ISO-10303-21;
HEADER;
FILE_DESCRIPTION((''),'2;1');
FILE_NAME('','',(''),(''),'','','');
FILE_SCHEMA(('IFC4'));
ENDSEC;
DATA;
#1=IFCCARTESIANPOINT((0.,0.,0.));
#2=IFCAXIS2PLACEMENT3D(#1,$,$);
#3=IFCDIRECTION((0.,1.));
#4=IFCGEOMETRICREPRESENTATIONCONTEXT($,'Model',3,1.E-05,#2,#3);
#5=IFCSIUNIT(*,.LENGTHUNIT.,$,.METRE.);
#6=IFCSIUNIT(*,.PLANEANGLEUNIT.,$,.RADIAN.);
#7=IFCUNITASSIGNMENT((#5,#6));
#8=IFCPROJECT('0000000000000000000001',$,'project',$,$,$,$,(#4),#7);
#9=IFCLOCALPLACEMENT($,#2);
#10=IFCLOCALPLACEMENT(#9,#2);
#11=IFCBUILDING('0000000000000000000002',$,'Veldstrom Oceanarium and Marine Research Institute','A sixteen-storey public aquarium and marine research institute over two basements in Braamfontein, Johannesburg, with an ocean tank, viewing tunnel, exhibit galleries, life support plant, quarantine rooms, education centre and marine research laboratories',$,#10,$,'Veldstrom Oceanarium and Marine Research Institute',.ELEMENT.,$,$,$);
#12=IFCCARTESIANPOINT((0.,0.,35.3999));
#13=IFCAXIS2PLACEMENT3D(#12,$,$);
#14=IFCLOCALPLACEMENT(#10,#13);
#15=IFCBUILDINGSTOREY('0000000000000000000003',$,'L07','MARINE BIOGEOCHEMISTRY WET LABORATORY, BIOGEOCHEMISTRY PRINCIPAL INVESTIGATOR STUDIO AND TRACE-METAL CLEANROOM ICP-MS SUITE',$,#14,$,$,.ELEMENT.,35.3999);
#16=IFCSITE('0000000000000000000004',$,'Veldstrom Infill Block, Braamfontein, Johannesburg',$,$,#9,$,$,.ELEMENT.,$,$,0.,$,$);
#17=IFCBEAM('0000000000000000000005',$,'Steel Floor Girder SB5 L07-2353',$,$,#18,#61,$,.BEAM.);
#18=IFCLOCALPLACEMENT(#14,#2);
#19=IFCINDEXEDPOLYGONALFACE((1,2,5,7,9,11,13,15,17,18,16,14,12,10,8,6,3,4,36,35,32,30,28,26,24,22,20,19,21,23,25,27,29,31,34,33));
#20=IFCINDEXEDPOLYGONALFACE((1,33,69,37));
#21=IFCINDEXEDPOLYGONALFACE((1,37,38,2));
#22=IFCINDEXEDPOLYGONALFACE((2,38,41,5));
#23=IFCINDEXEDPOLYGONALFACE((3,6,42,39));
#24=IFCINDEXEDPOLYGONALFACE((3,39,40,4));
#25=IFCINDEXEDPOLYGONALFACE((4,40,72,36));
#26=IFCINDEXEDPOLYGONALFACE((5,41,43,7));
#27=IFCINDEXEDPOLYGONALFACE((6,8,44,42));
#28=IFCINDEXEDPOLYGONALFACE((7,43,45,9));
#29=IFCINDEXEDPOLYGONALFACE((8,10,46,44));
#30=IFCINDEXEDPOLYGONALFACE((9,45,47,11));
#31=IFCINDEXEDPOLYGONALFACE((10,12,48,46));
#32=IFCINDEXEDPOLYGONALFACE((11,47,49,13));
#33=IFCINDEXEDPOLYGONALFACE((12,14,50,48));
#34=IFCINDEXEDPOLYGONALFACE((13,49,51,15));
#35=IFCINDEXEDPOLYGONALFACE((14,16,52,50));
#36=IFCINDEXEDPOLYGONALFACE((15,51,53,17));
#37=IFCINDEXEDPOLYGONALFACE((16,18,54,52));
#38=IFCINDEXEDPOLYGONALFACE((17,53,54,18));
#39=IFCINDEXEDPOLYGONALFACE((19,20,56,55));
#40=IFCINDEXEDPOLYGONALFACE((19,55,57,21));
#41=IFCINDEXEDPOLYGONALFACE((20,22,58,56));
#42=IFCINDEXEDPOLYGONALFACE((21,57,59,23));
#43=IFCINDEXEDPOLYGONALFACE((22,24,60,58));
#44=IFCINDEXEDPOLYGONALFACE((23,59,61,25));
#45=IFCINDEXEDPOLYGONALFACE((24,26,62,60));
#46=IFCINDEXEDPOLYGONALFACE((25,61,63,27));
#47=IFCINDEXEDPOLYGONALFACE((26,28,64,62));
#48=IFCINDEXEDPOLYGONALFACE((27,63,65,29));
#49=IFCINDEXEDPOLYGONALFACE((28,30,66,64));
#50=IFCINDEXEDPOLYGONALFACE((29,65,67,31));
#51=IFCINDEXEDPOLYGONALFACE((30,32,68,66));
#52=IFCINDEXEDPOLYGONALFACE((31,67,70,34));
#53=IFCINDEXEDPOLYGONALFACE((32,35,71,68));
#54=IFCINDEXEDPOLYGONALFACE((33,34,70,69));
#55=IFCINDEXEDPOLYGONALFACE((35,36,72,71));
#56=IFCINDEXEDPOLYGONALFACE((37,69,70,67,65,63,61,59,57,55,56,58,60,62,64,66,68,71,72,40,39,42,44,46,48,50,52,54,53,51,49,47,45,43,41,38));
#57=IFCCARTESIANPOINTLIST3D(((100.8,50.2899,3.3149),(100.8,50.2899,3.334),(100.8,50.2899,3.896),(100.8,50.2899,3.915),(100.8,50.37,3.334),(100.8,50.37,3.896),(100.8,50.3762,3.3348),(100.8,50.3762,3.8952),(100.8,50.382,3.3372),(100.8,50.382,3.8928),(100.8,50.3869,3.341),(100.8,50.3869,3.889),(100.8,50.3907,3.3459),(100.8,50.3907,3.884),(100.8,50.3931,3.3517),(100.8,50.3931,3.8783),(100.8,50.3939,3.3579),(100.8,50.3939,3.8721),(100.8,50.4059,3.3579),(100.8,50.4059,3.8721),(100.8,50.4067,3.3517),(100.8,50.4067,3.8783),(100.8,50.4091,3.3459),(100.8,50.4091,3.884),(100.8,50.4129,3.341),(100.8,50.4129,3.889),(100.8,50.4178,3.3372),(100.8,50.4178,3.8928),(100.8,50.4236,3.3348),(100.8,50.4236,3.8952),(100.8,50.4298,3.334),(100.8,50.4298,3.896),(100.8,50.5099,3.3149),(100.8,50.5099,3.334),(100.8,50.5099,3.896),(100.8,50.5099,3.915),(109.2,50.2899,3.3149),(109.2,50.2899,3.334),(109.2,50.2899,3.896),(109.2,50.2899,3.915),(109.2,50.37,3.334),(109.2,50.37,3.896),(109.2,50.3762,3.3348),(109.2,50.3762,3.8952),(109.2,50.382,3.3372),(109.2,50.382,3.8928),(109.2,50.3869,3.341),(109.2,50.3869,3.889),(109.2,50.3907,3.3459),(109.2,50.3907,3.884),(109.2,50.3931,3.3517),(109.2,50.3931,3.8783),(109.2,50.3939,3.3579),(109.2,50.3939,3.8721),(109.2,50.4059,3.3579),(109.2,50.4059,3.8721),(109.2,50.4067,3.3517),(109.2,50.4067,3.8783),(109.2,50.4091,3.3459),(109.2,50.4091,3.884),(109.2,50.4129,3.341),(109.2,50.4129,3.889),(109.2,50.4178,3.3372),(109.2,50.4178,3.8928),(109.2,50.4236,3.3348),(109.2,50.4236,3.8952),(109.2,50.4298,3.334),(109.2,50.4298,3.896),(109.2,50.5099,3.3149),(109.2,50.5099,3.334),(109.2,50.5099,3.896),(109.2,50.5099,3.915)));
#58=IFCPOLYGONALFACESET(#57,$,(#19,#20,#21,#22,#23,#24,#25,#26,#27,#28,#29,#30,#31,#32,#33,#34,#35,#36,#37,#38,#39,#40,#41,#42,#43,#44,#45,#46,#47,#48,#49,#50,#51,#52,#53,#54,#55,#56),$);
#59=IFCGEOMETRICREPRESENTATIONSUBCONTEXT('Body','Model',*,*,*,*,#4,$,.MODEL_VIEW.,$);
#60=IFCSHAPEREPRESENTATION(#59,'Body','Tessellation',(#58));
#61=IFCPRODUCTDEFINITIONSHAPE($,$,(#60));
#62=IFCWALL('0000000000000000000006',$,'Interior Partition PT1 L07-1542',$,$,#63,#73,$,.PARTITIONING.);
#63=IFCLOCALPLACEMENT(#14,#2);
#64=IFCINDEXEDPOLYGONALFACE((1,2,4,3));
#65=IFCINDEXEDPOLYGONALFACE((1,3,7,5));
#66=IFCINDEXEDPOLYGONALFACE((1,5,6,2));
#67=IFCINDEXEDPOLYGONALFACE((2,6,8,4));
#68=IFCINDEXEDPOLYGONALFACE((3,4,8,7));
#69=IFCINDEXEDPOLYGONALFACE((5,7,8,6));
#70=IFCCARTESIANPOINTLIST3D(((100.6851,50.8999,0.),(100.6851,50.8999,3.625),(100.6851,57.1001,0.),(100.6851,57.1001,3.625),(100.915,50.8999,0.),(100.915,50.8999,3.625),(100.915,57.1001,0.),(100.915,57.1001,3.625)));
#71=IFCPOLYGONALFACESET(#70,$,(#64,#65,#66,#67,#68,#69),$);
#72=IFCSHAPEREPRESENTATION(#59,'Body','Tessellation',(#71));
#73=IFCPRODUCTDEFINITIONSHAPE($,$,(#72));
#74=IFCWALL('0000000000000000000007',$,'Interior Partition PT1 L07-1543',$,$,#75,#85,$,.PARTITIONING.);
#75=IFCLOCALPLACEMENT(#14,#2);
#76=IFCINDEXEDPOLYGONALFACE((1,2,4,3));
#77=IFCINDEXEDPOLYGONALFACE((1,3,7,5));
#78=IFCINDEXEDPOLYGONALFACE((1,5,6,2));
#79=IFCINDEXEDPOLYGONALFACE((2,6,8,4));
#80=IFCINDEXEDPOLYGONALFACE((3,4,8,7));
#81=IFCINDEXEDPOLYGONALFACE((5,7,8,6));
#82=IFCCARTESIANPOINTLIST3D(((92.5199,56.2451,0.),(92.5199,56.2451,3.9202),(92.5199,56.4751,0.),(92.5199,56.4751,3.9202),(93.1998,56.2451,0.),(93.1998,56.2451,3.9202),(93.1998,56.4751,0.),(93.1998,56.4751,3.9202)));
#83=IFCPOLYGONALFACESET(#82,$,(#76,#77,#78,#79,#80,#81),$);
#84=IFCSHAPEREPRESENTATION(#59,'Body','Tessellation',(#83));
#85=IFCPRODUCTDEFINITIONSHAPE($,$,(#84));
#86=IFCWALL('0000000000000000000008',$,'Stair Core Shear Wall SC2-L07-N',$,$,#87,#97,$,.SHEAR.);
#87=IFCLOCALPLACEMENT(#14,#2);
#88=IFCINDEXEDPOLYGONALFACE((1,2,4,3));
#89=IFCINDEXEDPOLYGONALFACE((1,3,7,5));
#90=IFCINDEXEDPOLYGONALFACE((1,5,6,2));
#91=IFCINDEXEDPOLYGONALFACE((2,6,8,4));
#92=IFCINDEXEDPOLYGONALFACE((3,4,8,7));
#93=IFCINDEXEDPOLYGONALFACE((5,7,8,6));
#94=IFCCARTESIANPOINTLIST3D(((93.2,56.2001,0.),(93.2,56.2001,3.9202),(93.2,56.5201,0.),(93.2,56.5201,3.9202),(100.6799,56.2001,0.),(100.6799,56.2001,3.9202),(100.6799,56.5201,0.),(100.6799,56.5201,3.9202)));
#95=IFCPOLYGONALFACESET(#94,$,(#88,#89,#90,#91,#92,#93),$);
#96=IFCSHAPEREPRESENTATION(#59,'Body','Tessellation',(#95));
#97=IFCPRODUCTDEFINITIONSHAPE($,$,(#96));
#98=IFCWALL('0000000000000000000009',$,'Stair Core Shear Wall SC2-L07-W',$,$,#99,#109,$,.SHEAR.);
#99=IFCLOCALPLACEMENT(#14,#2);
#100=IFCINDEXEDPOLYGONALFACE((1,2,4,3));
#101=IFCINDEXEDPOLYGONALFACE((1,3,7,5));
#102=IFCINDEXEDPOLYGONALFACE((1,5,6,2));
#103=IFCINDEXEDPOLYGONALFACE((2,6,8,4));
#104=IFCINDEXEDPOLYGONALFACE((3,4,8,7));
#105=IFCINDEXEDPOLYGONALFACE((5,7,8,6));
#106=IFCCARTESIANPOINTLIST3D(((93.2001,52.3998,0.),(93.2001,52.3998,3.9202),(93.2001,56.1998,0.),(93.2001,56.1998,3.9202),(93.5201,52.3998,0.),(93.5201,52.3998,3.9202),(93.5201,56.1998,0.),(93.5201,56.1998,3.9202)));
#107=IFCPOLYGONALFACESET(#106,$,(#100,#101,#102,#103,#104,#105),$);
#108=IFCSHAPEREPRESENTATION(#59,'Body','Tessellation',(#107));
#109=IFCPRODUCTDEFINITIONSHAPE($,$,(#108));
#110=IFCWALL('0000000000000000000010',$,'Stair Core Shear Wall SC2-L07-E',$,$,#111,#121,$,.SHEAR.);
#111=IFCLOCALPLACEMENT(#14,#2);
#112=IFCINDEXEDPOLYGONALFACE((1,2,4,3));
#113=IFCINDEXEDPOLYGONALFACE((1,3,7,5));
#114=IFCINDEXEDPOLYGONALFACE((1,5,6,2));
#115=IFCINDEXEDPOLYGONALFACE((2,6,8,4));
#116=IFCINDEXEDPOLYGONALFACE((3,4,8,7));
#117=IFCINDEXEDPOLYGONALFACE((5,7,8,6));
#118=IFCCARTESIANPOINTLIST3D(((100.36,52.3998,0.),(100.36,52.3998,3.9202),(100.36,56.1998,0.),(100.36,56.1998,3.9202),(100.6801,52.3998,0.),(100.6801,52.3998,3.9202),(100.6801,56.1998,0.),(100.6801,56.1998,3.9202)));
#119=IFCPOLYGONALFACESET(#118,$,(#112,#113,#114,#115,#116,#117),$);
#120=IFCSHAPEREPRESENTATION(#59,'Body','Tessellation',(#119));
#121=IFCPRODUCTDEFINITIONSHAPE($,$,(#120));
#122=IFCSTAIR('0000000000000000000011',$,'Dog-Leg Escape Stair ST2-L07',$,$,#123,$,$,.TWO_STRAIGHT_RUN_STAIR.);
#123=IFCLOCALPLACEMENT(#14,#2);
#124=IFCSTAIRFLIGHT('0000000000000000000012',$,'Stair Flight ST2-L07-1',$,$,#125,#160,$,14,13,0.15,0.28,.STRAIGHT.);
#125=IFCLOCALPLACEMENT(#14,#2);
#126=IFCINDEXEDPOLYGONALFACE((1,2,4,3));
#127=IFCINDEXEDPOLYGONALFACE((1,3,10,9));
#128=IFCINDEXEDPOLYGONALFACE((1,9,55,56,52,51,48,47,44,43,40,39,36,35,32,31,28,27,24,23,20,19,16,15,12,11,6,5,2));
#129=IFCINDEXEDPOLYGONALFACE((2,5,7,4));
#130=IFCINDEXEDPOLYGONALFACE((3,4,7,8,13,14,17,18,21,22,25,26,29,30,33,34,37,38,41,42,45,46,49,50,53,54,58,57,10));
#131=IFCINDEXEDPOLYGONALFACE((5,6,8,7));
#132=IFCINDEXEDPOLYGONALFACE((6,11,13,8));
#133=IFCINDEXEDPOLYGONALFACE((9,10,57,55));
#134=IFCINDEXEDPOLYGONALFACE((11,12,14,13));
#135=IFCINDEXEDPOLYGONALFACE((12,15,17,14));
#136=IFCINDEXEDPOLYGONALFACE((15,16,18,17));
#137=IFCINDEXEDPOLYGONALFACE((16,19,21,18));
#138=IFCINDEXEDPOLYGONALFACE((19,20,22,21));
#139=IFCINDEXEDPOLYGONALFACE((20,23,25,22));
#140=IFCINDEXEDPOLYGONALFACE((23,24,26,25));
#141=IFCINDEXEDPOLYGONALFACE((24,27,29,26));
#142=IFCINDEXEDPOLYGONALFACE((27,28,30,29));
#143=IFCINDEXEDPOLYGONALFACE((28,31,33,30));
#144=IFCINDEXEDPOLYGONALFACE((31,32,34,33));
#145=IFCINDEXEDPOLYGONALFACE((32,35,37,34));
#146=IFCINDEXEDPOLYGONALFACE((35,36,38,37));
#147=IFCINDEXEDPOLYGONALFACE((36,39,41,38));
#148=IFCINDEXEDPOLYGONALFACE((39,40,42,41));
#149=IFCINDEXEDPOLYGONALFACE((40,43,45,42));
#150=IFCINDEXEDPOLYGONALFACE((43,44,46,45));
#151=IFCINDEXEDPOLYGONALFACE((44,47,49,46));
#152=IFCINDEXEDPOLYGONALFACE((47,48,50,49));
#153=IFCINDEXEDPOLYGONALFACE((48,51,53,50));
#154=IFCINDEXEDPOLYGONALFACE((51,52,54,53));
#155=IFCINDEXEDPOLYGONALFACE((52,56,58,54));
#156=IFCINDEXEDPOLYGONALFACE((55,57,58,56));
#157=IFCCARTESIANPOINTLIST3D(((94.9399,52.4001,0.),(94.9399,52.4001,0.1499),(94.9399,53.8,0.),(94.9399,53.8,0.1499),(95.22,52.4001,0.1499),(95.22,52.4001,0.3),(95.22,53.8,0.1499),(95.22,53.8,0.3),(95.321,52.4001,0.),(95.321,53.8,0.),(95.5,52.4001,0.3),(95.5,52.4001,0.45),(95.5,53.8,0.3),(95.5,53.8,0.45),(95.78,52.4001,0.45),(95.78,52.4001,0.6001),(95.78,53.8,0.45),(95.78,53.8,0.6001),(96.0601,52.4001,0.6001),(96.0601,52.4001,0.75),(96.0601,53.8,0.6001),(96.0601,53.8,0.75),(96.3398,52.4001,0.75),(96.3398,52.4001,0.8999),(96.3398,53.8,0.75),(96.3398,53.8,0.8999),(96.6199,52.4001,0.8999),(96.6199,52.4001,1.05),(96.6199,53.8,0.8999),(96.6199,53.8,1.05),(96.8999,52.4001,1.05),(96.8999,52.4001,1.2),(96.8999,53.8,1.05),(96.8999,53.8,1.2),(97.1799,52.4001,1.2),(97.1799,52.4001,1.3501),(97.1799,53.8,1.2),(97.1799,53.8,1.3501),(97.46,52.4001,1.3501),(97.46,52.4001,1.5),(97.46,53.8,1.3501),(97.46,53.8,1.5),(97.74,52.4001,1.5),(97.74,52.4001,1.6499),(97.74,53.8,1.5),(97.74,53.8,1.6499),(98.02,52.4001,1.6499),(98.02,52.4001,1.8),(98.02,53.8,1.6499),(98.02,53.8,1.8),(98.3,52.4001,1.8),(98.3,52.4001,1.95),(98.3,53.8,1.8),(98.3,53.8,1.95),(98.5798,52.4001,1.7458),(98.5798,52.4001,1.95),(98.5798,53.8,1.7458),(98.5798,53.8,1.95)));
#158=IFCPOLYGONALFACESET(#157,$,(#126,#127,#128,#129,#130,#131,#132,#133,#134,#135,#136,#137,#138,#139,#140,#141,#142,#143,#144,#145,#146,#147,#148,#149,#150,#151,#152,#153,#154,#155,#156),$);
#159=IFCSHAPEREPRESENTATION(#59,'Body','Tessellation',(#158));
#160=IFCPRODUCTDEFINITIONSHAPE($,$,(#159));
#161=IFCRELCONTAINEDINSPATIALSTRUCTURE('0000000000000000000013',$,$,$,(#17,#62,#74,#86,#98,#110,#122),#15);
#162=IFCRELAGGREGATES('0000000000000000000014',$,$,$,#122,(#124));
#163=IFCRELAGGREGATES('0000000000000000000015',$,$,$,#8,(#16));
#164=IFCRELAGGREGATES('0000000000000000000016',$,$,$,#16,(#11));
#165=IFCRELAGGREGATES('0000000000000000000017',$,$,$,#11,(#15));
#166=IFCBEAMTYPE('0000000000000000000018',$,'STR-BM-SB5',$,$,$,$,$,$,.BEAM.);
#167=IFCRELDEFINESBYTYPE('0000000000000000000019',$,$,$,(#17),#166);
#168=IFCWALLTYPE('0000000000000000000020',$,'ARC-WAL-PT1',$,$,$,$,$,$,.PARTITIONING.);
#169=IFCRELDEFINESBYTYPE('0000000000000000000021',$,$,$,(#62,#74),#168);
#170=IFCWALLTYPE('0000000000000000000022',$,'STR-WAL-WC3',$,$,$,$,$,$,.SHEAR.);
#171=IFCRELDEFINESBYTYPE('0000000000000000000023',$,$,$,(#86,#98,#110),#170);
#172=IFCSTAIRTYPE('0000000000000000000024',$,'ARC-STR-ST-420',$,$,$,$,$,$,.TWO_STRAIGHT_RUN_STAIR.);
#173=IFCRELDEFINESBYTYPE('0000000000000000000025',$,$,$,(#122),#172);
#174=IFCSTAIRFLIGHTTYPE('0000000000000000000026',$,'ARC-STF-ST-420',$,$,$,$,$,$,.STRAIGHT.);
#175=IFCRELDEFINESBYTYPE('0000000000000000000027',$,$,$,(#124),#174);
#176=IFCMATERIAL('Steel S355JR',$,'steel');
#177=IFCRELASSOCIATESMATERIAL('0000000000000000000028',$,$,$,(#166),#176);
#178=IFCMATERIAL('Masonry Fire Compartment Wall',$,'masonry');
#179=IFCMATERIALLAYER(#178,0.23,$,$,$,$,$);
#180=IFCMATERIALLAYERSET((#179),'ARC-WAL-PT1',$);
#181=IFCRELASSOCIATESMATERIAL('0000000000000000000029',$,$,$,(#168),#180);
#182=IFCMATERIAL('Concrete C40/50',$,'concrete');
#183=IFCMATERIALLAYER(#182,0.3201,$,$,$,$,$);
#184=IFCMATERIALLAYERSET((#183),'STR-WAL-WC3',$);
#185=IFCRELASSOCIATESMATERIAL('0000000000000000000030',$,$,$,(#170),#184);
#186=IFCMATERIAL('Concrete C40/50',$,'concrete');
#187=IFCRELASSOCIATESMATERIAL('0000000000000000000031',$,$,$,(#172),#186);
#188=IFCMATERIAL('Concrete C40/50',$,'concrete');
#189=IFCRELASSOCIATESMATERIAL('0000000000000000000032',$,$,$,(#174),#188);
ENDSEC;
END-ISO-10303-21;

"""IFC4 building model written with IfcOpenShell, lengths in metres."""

from ifc_helpers import new_model, si_unit, direction, frame, frame_2d, origin, origin_2d, place, context, subcontext, project, spatial, polyline, rectangle, i_section, outline, extrude, material, layer, layer_set, material_profile, profile_set, type_object, element, aggregate, save


model = new_model("IFC4")

# Units and contexts
model_context = context("Model", 3, precision=1e-05, world=origin(), true_north=direction((0.0, 1.0)))
body_context = subcontext(model_context, "Body", "Model", "MODEL_VIEW")
ifc_project = project(units=[si_unit("LENGTHUNIT", "METRE"), si_unit("PLANEANGLEUNIT", "RADIAN")], contexts=[model_context])

# Site, building, storey
site_placement = place(None, origin())
site = spatial("IfcSite", under=ifc_project, at=site_placement, Name="Veldstrom Infill Block, Braamfontein, Johannesburg", CompositionType="ELEMENT", RefElevation=0.0)
building_placement = place(site_placement, origin())
building = spatial("IfcBuilding", under=site, at=building_placement, Name="Veldstrom Oceanarium and Marine Research Institute", Description="A sixteen-storey public aquarium and marine research institute over two basements in Braamfontein, Johannesburg, with an ocean tank, viewing tunnel, exhibit galleries, life support plant, quarantine rooms, education centre and marine research laboratories", LongName="Veldstrom Oceanarium and Marine Research Institute", CompositionType="ELEMENT")
storey_placement = place(building_placement, frame((0.0, 0.0, 35.3999)))
storey = spatial("IfcBuildingStorey", under=building, at=storey_placement, Name="L07", Description="MARINE BIOGEOCHEMISTRY WET LABORATORY, BIOGEOCHEMISTRY PRINCIPAL INVESTIGATOR STUDIO AND TRACE-METAL CLEANROOM ICP-MS SUITE", CompositionType="ELEMENT", Elevation=35.3999)

# Beam
ifc_material_1 = material(Name="Steel S355JR", Category="steel")
ifc_material_profile_1 = material_profile(ifc_material_1, i_section(OverallWidth=0.22, OverallDepth=0.6001, WebThickness=0.012, FlangeThickness=0.019, FilletRadius=0.0239, at=origin_2d()), Name="IPE 600")
ifc_profile_set_1 = profile_set([ifc_material_profile_1], Name="Steel S355JR")
beam_type_1 = type_object("IfcBeamType", Name="STR-BM-SB5", PredefinedType="BEAM", material=ifc_profile_set_1)
beam_1_placement = place(storey_placement, frame((100.8, 50.3999, 3.615), z_axis=(1.0, 0.0, 0.0), x_axis=(0.0, 1.0, 0.0)))
element("IfcBeam", 1, at=beam_1_placement, inside=storey, type_object=beam_type_1, Name="Steel Floor Girder SB5 L07-2353", PredefinedType="BEAM", context=body_context, shape_type="SweptSolid", body=[
    extrude(i_section(OverallWidth=0.22, OverallDepth=0.6001, WebThickness=0.012, FlangeThickness=0.019, FilletRadius=0.0239, at=origin_2d()), origin(), (0.0, 0.0, 1.0), 8.3999),
])

# Shared definitions
ifc_material_2 = material(Name="Masonry Fire Compartment Wall", Category="masonry")
ifc_layer_1 = layer(ifc_material_2, 0.23)
ifc_layer_set_1 = layer_set([ifc_layer_1], Name="ARC-WAL-PT1")
wall_type_1 = type_object("IfcWallType", Name="ARC-WAL-PT1", PredefinedType="PARTITIONING", material=ifc_layer_set_1)

# Walls
wall_1_placement = place(storey_placement, frame((100.8, 50.8999, 0.0), z_axis=(0.0, 0.0, 1.0), x_axis=(0.0, 1.0, 0.0)))
element("IfcWall", 2, at=wall_1_placement, inside=storey, type_object=wall_type_1, Name="Interior Partition PT1 L07-1542", PredefinedType="PARTITIONING", context=body_context, shape_type="SweptSolid", body=[
    extrude(rectangle(XDim=6.2002, YDim=0.23, at=frame_2d((3.1001, 0.0))), origin(), (0.0, 0.0, 1.0), 3.625),
])
wall_2_placement = place(storey_placement, frame((92.52, 56.3601, 0.0), z_axis=(0.0, 0.0, 1.0), x_axis=(1.0, 0.0, 0.0)))
element("IfcWall", 3, at=wall_2_placement, inside=storey, type_object=wall_type_1, Name="Interior Partition PT1 L07-1543", PredefinedType="PARTITIONING", context=body_context, shape_type="SweptSolid", body=[
    extrude(rectangle(XDim=0.6799, YDim=0.23, at=frame_2d((0.3398, 0.0))), origin(), (0.0, 0.0, 1.0), 3.9202),
])

# Shared definitions
ifc_material_3 = material(Name="Concrete C40/50", Category="concrete")
ifc_layer_2 = layer(ifc_material_3, 0.3201)
ifc_layer_set_2 = layer_set([ifc_layer_2], Name="STR-WAL-WC3")
wall_type_2 = type_object("IfcWallType", Name="STR-WAL-WC3", PredefinedType="SHEAR", material=ifc_layer_set_2)

# Walls
wall_3_placement = place(storey_placement, frame((93.2, 56.3601, 0.0), z_axis=(0.0, 0.0, 1.0), x_axis=(1.0, 0.0, 0.0)))
element("IfcWall", 4, at=wall_3_placement, inside=storey, type_object=wall_type_2, Name="Stair Core Shear Wall SC2-L07-N", PredefinedType="SHEAR", context=body_context, shape_type="SweptSolid", body=[
    extrude(rectangle(XDim=7.48, YDim=0.3201, at=frame_2d((3.74, 0.0))), origin(), (0.0, 0.0, 1.0), 3.9202),
])
for number, where, z_axis, x_axis, name in (
    (5, (93.3601, 52.3999, 0.0), (0.0, 0.0, 1.0), (0.0, 1.0, 0.0), "Stair Core Shear Wall SC2-L07-W"),
    (6, (100.52, 52.3999, 0.0), (0.0, 0.0, 1.0), (0.0, 1.0, 0.0), "Stair Core Shear Wall SC2-L07-E"),
):
    element("IfcWall", number, at=place(storey_placement, frame(where, z_axis=z_axis, x_axis=x_axis)), inside=storey, type_object=wall_type_2, Name=name, PredefinedType="SHEAR", context=body_context, shape_type="SweptSolid", body=[
        extrude(rectangle(XDim=3.8, YDim=0.3201, at=frame_2d((1.8999, 0.0))), origin(), (0.0, 0.0, 1.0), 3.9202),
    ])

# Stair, stair flight
ifc_material_4 = material(Name="Concrete C40/50", Category="concrete")
stair_type = type_object("IfcStairType", Name="ARC-STR-ST-420", PredefinedType="TWO_STRAIGHT_RUN_STAIR", material=ifc_material_4)
stair_placement = place(storey_placement, origin())
stair = element("IfcStair", 7, at=stair_placement, inside=storey, type_object=stair_type, Name="Dog-Leg Escape Stair ST2-L07", PredefinedType="TWO_STRAIGHT_RUN_STAIR")
ifc_material_5 = material(Name="Concrete C40/50", Category="concrete")
stair_flight_type = type_object("IfcStairFlightType", Name="ARC-STF-ST-420", PredefinedType="STRAIGHT", material=ifc_material_5)
stair_flight_1_placement = place(storey_placement, frame((94.9399, 53.1001, 0.0), z_axis=(0.0, 0.0, 1.0), x_axis=(1.0, 0.0, 0.0)))
stair_flight_1 = element("IfcStairFlight", 8, at=stair_flight_1_placement, type_object=stair_flight_type, Name="Stair Flight ST2-L07-1", NumberOfRisers=14, NumberOfTreads=13, PredefinedType="STRAIGHT", RiserHeight=0.15, TreadLength=0.28, context=body_context, shape_type="SweptSolid", body=[
    extrude(outline(polyline([(0.0, 0.0), (0.0, 0.1499), (0.28, 0.1499), (0.28, 0.3), (0.5601, 0.3), (0.5601, 0.45), (0.8401, 0.45), (0.8401, 0.6001), (1.1201, 0.6001), (1.1201, 0.75), (1.3999, 0.75), (1.3999, 0.8999), (1.6799, 0.8999), (1.6799, 1.05), (1.96, 1.05), (1.96, 1.2), (2.24, 1.2), (2.24, 1.3501), (2.52, 1.3501), (2.52, 1.5), (2.8, 1.5), (2.8, 1.6499), (3.0801, 1.6499), (3.0801, 1.8), (3.3601, 1.8), (3.3601, 1.95), (3.6399, 1.95), (3.6399, 2.1001), (3.6399, 1.7458), (0.3811, 0.0), (0.0, 0.0)])), frame((0.0, 0.7, 0.0), z_axis=(0.0, -1.0, 0.0), x_axis=(1.0, 0.0, 0.0)), (0.0, 0.0, 1.0), 1.3999),
])
aggregate(stair, [stair_flight_1])

save(model, "model.ifc")
